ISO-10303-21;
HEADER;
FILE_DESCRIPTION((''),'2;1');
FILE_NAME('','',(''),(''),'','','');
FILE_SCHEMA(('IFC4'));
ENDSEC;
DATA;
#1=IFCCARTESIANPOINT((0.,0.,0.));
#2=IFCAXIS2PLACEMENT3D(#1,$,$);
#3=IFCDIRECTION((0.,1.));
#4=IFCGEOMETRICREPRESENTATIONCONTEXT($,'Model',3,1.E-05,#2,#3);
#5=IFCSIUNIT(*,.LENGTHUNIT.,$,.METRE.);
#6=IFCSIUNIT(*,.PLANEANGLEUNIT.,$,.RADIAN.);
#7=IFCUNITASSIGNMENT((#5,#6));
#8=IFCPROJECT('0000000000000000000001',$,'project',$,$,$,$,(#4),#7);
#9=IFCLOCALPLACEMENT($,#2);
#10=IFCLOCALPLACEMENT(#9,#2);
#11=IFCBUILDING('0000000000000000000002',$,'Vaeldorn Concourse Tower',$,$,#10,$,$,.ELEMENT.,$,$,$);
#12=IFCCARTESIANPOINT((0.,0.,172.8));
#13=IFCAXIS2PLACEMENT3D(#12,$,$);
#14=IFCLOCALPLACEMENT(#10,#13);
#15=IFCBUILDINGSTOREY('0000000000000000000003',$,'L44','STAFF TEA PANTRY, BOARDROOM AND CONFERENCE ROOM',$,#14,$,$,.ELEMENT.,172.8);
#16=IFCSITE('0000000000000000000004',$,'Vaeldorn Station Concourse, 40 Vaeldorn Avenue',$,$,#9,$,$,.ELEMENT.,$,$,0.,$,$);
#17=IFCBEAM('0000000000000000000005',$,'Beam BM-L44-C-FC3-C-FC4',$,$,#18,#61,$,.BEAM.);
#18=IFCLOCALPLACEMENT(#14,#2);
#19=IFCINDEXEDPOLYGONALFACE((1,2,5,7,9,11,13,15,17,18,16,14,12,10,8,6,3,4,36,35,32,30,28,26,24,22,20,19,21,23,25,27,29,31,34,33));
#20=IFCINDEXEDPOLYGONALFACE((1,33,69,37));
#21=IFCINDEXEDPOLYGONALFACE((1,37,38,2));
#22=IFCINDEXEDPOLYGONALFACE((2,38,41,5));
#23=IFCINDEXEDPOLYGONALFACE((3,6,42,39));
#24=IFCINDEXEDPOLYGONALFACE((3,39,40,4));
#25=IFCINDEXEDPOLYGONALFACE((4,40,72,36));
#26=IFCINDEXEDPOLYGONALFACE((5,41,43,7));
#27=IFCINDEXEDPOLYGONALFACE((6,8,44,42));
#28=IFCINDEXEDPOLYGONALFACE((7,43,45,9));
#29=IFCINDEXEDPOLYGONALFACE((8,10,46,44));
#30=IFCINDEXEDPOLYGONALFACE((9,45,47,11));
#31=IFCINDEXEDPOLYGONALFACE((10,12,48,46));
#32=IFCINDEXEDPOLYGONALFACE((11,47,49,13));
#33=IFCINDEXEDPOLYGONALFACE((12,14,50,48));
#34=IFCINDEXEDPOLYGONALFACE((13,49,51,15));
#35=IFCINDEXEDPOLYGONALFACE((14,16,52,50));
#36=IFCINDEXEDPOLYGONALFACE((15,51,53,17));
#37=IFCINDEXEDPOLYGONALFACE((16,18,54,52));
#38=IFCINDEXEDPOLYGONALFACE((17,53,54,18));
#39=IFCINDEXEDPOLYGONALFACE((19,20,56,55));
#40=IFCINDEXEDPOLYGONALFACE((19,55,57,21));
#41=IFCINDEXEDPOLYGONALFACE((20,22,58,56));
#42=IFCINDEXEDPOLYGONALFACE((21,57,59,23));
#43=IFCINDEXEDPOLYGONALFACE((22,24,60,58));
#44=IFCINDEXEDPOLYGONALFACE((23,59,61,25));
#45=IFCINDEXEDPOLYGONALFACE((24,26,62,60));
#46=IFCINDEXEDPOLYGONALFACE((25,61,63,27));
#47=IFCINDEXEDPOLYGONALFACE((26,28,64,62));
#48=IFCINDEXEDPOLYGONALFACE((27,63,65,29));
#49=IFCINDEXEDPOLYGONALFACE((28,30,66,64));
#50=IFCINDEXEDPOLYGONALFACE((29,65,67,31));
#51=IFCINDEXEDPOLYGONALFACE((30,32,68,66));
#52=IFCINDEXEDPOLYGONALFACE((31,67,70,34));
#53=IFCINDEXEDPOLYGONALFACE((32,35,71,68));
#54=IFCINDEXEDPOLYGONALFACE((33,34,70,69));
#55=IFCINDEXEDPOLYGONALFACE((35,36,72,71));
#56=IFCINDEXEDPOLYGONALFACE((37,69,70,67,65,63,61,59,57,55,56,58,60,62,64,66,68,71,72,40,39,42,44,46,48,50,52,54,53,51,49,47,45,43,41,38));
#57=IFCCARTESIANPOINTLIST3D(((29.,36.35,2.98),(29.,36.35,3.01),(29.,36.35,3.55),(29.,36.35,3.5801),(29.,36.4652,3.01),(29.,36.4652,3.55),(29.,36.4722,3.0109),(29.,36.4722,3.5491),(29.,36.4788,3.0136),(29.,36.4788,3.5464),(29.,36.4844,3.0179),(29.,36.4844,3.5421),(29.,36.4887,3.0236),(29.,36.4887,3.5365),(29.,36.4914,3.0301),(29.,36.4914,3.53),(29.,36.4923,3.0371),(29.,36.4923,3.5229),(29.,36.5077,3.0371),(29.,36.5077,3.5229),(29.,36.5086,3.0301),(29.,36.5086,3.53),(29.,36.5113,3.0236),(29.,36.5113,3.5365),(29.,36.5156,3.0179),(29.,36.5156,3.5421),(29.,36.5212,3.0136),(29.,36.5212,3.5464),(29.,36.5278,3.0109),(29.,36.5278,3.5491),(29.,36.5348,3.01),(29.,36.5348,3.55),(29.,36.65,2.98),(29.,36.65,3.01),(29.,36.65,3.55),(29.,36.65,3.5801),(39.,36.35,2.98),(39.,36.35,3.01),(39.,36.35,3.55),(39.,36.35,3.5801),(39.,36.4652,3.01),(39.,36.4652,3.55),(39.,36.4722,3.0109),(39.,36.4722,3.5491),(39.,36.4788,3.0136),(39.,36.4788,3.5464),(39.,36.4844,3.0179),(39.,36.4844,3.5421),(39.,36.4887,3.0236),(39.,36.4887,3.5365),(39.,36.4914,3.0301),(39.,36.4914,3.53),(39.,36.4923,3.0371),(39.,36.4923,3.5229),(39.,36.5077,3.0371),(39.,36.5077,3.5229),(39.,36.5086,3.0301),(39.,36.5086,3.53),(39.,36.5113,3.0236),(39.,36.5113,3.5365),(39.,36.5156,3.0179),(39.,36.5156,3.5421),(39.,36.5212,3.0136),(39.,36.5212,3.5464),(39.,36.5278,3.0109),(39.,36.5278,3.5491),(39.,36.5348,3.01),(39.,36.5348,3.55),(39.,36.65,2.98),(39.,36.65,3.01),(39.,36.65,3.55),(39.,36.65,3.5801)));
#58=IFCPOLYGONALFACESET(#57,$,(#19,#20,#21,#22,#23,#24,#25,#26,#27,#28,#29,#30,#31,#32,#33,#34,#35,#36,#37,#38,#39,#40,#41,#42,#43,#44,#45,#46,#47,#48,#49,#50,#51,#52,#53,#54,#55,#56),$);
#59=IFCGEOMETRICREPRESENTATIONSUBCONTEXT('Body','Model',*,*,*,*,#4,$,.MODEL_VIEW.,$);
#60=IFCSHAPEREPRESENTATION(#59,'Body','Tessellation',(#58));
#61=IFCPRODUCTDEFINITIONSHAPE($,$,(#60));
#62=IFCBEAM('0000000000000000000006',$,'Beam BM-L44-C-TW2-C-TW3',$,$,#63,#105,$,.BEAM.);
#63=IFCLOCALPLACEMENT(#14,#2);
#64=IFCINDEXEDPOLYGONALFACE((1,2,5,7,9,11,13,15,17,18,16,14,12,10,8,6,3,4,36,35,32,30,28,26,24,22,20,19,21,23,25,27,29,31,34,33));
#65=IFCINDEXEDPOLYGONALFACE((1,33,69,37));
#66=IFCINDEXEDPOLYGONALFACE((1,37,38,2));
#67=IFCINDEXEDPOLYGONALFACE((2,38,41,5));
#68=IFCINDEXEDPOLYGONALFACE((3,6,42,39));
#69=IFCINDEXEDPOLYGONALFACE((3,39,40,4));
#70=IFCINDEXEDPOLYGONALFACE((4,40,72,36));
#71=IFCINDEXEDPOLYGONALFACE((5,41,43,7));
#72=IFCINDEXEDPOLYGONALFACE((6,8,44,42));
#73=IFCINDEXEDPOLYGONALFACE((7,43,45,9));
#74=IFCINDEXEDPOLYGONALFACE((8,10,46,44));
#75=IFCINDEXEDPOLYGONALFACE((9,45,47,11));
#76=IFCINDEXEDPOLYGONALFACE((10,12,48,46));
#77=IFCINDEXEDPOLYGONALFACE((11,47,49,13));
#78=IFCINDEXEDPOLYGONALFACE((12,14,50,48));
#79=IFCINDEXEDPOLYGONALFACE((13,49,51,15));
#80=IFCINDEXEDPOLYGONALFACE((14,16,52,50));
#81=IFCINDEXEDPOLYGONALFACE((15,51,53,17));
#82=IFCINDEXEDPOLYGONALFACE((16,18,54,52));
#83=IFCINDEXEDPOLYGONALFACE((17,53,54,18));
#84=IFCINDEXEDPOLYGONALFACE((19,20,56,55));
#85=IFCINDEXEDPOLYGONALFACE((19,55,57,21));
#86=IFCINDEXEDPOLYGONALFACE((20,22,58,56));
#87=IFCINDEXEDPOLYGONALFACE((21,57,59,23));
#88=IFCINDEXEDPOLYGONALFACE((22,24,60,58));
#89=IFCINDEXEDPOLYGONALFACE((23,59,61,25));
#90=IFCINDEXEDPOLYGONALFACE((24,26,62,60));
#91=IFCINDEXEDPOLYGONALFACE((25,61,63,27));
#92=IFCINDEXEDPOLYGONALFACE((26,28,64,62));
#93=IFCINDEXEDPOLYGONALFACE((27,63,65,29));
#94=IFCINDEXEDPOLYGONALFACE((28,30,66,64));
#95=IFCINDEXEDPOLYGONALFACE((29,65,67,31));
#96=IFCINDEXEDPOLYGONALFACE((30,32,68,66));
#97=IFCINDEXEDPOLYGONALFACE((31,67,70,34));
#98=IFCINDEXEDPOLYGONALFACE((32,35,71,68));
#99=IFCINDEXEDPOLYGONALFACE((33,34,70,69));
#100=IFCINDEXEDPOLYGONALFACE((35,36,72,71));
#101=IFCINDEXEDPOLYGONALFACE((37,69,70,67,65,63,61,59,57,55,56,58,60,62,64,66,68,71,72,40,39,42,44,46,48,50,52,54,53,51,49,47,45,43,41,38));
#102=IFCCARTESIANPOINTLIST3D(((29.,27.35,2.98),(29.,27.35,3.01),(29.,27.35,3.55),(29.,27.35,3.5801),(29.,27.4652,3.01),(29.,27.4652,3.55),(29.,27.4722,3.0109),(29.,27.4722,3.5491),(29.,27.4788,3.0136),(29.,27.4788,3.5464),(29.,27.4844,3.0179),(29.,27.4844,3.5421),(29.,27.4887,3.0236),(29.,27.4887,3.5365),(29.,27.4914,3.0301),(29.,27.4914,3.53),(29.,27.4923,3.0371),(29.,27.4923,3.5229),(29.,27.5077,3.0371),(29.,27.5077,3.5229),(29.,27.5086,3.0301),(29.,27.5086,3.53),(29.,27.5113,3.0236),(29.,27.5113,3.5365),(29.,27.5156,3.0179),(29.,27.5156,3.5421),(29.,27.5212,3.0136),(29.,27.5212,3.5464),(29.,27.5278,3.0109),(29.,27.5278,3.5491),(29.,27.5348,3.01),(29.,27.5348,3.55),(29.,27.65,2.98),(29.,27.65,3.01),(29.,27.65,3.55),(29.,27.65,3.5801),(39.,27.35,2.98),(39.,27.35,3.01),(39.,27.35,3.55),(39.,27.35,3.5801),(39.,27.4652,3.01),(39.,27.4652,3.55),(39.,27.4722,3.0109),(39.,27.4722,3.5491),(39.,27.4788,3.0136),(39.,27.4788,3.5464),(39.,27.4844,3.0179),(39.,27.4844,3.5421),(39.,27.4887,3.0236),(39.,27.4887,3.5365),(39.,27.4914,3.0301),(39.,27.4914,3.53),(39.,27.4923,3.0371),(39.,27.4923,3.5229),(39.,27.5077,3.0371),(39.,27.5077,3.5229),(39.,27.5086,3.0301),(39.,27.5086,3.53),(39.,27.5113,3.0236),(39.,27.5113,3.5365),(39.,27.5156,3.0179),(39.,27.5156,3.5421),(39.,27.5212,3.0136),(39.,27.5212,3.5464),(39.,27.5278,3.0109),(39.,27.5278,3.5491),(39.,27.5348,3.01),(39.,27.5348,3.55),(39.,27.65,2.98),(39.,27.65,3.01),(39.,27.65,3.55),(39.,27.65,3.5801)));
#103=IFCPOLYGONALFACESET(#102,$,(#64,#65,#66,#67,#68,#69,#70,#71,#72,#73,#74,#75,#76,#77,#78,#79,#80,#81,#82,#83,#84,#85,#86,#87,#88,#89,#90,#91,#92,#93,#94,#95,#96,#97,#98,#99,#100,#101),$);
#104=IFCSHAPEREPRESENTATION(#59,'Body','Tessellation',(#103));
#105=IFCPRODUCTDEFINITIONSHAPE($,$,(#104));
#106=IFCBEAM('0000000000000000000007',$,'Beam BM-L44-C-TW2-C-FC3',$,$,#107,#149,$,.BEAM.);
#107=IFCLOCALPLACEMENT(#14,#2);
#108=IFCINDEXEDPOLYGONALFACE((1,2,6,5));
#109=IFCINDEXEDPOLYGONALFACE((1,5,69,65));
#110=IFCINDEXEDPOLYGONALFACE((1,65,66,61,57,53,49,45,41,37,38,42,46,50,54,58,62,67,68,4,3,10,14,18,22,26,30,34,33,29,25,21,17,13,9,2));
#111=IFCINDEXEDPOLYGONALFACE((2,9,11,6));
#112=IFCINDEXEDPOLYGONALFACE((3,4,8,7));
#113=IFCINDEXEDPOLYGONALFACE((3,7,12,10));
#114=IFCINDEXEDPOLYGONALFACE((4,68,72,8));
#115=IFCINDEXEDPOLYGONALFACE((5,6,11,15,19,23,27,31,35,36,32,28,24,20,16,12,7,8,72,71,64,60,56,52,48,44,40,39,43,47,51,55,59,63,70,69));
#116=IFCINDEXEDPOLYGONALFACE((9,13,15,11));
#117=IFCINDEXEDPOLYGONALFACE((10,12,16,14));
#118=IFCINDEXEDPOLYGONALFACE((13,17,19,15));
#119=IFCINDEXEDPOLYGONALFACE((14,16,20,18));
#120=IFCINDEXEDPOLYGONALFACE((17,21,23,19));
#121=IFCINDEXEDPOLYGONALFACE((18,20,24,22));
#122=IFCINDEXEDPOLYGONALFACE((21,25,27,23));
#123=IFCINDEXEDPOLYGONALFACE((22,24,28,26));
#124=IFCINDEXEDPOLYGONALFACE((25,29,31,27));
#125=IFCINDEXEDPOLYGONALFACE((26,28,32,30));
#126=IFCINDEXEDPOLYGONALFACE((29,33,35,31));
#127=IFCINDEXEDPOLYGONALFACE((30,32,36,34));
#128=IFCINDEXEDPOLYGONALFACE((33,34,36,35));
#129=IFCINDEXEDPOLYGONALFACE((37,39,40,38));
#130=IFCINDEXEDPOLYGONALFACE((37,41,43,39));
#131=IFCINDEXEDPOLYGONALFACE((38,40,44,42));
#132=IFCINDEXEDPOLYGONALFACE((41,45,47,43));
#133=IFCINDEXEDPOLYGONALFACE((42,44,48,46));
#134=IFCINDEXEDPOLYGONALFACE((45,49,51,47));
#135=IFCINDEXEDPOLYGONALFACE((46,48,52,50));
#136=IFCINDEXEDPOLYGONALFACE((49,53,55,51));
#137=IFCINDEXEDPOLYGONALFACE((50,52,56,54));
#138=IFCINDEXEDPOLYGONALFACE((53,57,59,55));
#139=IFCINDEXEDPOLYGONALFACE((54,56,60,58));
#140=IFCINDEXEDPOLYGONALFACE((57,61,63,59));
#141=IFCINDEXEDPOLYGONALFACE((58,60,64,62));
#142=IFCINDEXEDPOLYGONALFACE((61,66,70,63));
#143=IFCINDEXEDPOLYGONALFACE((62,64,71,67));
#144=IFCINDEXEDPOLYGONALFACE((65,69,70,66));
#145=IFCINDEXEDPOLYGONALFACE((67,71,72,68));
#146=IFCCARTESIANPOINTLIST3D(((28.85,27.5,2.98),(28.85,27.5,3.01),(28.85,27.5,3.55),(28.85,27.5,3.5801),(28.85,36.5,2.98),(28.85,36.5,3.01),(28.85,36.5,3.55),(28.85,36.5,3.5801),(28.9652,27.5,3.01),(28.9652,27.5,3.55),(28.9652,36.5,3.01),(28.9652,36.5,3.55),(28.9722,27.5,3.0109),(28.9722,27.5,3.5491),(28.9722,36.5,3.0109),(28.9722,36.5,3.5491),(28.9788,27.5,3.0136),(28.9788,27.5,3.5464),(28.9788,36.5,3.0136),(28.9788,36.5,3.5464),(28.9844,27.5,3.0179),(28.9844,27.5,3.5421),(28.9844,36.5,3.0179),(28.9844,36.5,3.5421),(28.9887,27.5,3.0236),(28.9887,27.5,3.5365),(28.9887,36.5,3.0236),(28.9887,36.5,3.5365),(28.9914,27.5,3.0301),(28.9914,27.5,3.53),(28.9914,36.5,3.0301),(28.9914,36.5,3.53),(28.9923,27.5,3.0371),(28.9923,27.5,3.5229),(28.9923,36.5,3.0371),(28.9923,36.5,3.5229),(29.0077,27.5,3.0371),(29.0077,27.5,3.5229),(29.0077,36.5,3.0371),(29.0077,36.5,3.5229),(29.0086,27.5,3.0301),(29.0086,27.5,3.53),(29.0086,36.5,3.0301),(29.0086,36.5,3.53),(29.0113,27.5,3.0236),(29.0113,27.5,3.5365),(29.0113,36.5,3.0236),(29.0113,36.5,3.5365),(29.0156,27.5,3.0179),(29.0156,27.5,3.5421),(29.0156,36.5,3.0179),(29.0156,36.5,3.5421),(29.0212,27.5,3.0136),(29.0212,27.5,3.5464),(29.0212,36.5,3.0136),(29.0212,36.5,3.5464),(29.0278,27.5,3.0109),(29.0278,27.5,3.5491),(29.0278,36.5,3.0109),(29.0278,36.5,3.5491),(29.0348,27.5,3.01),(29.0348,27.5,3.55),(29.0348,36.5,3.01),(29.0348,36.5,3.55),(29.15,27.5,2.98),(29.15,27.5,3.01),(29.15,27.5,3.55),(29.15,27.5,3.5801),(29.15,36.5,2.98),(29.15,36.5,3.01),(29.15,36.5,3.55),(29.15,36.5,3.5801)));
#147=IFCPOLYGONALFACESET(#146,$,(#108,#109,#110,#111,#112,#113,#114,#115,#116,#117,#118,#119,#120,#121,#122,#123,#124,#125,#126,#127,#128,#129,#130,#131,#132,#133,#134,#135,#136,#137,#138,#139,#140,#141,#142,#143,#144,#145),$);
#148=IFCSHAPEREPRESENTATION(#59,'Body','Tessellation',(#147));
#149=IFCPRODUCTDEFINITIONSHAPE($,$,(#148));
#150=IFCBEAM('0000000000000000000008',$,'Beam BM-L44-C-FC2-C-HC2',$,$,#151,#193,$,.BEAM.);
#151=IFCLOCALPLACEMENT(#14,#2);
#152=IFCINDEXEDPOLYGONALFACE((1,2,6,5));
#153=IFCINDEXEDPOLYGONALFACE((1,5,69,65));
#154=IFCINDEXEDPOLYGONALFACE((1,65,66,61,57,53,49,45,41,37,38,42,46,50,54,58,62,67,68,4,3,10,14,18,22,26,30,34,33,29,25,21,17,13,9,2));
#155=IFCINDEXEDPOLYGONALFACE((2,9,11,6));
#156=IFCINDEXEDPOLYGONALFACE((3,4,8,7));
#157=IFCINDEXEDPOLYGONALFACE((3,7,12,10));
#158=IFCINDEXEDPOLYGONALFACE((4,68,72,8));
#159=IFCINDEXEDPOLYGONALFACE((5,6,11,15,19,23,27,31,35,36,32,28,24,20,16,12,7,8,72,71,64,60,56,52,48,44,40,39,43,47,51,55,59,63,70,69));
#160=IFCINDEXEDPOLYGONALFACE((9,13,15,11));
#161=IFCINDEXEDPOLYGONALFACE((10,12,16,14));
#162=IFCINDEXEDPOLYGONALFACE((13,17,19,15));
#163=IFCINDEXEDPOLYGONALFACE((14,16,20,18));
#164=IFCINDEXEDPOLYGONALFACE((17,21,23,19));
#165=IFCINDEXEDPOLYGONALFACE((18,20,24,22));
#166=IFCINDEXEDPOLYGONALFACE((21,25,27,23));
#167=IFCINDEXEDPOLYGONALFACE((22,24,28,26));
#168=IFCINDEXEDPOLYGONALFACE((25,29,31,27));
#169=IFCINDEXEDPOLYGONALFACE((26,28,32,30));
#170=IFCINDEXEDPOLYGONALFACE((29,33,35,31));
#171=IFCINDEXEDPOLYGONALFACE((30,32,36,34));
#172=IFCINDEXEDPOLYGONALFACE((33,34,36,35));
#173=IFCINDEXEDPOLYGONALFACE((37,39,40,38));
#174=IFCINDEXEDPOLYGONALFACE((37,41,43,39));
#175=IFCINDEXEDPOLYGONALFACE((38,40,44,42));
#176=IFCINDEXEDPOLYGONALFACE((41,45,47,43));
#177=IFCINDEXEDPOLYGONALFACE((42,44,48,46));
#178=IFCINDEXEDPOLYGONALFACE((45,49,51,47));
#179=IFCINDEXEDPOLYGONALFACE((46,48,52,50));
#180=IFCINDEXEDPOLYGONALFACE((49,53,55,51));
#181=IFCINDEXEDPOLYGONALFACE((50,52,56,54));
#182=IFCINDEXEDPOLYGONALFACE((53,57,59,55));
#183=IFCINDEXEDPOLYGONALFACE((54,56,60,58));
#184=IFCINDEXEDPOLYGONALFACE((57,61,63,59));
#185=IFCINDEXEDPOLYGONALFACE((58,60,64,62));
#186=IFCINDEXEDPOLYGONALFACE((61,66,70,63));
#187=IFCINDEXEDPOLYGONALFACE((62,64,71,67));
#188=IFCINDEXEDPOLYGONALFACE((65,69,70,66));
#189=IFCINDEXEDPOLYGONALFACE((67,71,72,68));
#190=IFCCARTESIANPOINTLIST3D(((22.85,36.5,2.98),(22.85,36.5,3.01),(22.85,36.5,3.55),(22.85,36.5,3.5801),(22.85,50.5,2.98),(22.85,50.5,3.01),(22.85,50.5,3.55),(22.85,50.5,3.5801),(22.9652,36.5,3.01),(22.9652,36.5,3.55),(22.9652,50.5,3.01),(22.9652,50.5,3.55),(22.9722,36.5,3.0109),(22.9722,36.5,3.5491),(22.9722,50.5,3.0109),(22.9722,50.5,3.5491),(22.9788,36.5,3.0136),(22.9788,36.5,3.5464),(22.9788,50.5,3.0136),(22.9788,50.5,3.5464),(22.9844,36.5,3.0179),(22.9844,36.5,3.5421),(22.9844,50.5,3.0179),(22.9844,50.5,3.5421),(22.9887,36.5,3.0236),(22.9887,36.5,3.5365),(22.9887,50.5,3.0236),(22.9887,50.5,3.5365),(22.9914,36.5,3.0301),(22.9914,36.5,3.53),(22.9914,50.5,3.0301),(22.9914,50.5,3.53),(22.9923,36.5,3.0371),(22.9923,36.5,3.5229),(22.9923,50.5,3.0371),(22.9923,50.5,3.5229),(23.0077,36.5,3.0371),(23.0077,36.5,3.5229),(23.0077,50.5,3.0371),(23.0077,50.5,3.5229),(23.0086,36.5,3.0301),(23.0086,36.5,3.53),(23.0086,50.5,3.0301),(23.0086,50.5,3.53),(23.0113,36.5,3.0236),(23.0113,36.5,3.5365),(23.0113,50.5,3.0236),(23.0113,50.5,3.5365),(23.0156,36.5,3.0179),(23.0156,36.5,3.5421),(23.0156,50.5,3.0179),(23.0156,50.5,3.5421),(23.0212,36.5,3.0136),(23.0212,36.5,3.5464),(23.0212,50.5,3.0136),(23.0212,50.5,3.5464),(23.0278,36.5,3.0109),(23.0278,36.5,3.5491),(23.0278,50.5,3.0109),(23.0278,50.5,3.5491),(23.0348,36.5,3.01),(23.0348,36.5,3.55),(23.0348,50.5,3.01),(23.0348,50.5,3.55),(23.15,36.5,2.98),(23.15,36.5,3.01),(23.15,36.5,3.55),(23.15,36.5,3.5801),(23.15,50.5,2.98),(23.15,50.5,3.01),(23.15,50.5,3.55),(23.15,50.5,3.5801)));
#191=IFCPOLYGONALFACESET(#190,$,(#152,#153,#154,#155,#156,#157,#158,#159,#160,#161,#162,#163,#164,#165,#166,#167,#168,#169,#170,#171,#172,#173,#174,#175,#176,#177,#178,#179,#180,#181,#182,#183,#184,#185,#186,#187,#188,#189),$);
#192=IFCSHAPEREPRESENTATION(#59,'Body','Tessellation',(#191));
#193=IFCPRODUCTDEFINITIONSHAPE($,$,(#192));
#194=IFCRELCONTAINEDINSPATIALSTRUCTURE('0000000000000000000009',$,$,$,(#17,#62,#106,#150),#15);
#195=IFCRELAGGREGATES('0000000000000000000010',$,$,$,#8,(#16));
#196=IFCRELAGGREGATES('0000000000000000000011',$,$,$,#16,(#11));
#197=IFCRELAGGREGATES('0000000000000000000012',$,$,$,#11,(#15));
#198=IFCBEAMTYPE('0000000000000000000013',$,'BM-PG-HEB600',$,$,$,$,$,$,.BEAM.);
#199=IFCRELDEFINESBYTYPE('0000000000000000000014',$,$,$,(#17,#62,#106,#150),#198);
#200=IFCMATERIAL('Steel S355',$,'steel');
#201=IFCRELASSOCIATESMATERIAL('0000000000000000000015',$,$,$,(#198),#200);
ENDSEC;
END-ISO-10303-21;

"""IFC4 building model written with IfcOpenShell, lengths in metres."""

from ifc_helpers import new_model, si_unit, direction, frame, origin, origin_2d, place, context, subcontext, project, spatial, i_section, extrude, source, transform, mapped, material, material_profile, profile_set, type_object, element, save


model = new_model("IFC4")

# Units and contexts
model_context = context("Model", 3, precision=1e-05, world=origin(), true_north=direction((0.0, 1.0)))
body_context = subcontext(model_context, "Body", "Model", "MODEL_VIEW")
ifc_project = project(units=[si_unit("LENGTHUNIT", "METRE"), si_unit("PLANEANGLEUNIT", "RADIAN")], contexts=[model_context])

# Site, building, storey
site_placement = place(None, origin())
site = spatial("IfcSite", under=ifc_project, at=site_placement, Name="Vaeldorn Station Concourse, 40 Vaeldorn Avenue", CompositionType="ELEMENT", RefElevation=0.0)
building_placement = place(site_placement, origin())
building = spatial("IfcBuilding", under=site, at=building_placement, Name="Vaeldorn Concourse Tower", CompositionType="ELEMENT")
storey_placement = place(building_placement, frame((0.0, 0.0, 172.8)))
storey = spatial("IfcBuildingStorey", under=building, at=storey_placement, Name="L44", Description="STAFF TEA PANTRY, BOARDROOM AND CONFERENCE ROOM", CompositionType="ELEMENT", Elevation=172.8)

# Shared definitions
ifc_material_1 = material(Name="Steel S355", Category="steel")

# Beams
ifc_material_profile_1 = material_profile(ifc_material_1, i_section(OverallWidth=0.3, OverallDepth=0.6001, WebThickness=0.0154, FlangeThickness=0.03, FilletRadius=0.0271, at=origin_2d()), Name="HEB 600")
ifc_profile_set_1 = profile_set([ifc_material_profile_1], Name="Steel S355")
beam_type_1 = type_object("IfcBeamType", Name="BM-PG-HEB600", PredefinedType="BEAM", material=ifc_profile_set_1)
shared_shape_1 = source(origin(), body_context, "Body", "SweptSolid", [
    extrude(i_section(OverallWidth=0.3, OverallDepth=0.6001, WebThickness=0.0154, FlangeThickness=0.03, FilletRadius=0.0271, at=origin_2d()), origin(), (0.0, 0.0, 1.0), 10.0),
])
for number, where, z_axis, x_axis, name in (
    (1, (29.0, 36.5, 3.28), (1.0, 0.0, 0.0), (0.0, 1.0, 0.0), "Beam BM-L44-C-FC3-C-FC4"),
    (2, (29.0, 27.5, 3.28), (1.0, 0.0, 0.0), (0.0, 1.0, 0.0), "Beam BM-L44-C-TW2-C-TW3"),
):
    element("IfcBeam", number, at=place(storey_placement, frame(where, z_axis=z_axis, x_axis=x_axis)), inside=storey, type_object=beam_type_1, Name=name, PredefinedType="BEAM", context=body_context, shape_type="MappedRepresentation", body=[
        mapped(shared_shape_1, transform((0.0, 0.0, 0.0), scale=1.0)),
    ])
shared_shape_2 = source(origin(), body_context, "Body", "SweptSolid", [
    extrude(i_section(OverallWidth=0.3, OverallDepth=0.6001, WebThickness=0.0154, FlangeThickness=0.03, FilletRadius=0.0271, at=origin_2d()), origin(), (0.0, 0.0, 1.0), 9.0),
])
beam_1_placement = place(storey_placement, frame((29.0, 27.5, 3.28), z_axis=(0.0, 1.0, 0.0), x_axis=(-1.0, 0.0, 0.0)))
element("IfcBeam", 3, at=beam_1_placement, inside=storey, type_object=beam_type_1, Name="Beam BM-L44-C-TW2-C-FC3", PredefinedType="BEAM", context=body_context, shape_type="MappedRepresentation", body=[
    mapped(shared_shape_2, transform((0.0, 0.0, 0.0), scale=1.0)),
])
shared_shape_3 = source(origin(), body_context, "Body", "SweptSolid", [
    extrude(i_section(OverallWidth=0.3, OverallDepth=0.6001, WebThickness=0.0154, FlangeThickness=0.03, FilletRadius=0.0271, at=origin_2d()), origin(), (0.0, 0.0, 1.0), 14.0),
])
beam_2_placement = place(storey_placement, frame((23.0, 36.5, 3.28), z_axis=(0.0, 1.0, 0.0), x_axis=(-1.0, 0.0, 0.0)))
element("IfcBeam", 4, at=beam_2_placement, inside=storey, type_object=beam_type_1, Name="Beam BM-L44-C-FC2-C-HC2", PredefinedType="BEAM", context=body_context, shape_type="MappedRepresentation", body=[
    mapped(shared_shape_3, transform((0.0, 0.0, 0.0), scale=1.0)),
])

save(model, "model.ifc")
